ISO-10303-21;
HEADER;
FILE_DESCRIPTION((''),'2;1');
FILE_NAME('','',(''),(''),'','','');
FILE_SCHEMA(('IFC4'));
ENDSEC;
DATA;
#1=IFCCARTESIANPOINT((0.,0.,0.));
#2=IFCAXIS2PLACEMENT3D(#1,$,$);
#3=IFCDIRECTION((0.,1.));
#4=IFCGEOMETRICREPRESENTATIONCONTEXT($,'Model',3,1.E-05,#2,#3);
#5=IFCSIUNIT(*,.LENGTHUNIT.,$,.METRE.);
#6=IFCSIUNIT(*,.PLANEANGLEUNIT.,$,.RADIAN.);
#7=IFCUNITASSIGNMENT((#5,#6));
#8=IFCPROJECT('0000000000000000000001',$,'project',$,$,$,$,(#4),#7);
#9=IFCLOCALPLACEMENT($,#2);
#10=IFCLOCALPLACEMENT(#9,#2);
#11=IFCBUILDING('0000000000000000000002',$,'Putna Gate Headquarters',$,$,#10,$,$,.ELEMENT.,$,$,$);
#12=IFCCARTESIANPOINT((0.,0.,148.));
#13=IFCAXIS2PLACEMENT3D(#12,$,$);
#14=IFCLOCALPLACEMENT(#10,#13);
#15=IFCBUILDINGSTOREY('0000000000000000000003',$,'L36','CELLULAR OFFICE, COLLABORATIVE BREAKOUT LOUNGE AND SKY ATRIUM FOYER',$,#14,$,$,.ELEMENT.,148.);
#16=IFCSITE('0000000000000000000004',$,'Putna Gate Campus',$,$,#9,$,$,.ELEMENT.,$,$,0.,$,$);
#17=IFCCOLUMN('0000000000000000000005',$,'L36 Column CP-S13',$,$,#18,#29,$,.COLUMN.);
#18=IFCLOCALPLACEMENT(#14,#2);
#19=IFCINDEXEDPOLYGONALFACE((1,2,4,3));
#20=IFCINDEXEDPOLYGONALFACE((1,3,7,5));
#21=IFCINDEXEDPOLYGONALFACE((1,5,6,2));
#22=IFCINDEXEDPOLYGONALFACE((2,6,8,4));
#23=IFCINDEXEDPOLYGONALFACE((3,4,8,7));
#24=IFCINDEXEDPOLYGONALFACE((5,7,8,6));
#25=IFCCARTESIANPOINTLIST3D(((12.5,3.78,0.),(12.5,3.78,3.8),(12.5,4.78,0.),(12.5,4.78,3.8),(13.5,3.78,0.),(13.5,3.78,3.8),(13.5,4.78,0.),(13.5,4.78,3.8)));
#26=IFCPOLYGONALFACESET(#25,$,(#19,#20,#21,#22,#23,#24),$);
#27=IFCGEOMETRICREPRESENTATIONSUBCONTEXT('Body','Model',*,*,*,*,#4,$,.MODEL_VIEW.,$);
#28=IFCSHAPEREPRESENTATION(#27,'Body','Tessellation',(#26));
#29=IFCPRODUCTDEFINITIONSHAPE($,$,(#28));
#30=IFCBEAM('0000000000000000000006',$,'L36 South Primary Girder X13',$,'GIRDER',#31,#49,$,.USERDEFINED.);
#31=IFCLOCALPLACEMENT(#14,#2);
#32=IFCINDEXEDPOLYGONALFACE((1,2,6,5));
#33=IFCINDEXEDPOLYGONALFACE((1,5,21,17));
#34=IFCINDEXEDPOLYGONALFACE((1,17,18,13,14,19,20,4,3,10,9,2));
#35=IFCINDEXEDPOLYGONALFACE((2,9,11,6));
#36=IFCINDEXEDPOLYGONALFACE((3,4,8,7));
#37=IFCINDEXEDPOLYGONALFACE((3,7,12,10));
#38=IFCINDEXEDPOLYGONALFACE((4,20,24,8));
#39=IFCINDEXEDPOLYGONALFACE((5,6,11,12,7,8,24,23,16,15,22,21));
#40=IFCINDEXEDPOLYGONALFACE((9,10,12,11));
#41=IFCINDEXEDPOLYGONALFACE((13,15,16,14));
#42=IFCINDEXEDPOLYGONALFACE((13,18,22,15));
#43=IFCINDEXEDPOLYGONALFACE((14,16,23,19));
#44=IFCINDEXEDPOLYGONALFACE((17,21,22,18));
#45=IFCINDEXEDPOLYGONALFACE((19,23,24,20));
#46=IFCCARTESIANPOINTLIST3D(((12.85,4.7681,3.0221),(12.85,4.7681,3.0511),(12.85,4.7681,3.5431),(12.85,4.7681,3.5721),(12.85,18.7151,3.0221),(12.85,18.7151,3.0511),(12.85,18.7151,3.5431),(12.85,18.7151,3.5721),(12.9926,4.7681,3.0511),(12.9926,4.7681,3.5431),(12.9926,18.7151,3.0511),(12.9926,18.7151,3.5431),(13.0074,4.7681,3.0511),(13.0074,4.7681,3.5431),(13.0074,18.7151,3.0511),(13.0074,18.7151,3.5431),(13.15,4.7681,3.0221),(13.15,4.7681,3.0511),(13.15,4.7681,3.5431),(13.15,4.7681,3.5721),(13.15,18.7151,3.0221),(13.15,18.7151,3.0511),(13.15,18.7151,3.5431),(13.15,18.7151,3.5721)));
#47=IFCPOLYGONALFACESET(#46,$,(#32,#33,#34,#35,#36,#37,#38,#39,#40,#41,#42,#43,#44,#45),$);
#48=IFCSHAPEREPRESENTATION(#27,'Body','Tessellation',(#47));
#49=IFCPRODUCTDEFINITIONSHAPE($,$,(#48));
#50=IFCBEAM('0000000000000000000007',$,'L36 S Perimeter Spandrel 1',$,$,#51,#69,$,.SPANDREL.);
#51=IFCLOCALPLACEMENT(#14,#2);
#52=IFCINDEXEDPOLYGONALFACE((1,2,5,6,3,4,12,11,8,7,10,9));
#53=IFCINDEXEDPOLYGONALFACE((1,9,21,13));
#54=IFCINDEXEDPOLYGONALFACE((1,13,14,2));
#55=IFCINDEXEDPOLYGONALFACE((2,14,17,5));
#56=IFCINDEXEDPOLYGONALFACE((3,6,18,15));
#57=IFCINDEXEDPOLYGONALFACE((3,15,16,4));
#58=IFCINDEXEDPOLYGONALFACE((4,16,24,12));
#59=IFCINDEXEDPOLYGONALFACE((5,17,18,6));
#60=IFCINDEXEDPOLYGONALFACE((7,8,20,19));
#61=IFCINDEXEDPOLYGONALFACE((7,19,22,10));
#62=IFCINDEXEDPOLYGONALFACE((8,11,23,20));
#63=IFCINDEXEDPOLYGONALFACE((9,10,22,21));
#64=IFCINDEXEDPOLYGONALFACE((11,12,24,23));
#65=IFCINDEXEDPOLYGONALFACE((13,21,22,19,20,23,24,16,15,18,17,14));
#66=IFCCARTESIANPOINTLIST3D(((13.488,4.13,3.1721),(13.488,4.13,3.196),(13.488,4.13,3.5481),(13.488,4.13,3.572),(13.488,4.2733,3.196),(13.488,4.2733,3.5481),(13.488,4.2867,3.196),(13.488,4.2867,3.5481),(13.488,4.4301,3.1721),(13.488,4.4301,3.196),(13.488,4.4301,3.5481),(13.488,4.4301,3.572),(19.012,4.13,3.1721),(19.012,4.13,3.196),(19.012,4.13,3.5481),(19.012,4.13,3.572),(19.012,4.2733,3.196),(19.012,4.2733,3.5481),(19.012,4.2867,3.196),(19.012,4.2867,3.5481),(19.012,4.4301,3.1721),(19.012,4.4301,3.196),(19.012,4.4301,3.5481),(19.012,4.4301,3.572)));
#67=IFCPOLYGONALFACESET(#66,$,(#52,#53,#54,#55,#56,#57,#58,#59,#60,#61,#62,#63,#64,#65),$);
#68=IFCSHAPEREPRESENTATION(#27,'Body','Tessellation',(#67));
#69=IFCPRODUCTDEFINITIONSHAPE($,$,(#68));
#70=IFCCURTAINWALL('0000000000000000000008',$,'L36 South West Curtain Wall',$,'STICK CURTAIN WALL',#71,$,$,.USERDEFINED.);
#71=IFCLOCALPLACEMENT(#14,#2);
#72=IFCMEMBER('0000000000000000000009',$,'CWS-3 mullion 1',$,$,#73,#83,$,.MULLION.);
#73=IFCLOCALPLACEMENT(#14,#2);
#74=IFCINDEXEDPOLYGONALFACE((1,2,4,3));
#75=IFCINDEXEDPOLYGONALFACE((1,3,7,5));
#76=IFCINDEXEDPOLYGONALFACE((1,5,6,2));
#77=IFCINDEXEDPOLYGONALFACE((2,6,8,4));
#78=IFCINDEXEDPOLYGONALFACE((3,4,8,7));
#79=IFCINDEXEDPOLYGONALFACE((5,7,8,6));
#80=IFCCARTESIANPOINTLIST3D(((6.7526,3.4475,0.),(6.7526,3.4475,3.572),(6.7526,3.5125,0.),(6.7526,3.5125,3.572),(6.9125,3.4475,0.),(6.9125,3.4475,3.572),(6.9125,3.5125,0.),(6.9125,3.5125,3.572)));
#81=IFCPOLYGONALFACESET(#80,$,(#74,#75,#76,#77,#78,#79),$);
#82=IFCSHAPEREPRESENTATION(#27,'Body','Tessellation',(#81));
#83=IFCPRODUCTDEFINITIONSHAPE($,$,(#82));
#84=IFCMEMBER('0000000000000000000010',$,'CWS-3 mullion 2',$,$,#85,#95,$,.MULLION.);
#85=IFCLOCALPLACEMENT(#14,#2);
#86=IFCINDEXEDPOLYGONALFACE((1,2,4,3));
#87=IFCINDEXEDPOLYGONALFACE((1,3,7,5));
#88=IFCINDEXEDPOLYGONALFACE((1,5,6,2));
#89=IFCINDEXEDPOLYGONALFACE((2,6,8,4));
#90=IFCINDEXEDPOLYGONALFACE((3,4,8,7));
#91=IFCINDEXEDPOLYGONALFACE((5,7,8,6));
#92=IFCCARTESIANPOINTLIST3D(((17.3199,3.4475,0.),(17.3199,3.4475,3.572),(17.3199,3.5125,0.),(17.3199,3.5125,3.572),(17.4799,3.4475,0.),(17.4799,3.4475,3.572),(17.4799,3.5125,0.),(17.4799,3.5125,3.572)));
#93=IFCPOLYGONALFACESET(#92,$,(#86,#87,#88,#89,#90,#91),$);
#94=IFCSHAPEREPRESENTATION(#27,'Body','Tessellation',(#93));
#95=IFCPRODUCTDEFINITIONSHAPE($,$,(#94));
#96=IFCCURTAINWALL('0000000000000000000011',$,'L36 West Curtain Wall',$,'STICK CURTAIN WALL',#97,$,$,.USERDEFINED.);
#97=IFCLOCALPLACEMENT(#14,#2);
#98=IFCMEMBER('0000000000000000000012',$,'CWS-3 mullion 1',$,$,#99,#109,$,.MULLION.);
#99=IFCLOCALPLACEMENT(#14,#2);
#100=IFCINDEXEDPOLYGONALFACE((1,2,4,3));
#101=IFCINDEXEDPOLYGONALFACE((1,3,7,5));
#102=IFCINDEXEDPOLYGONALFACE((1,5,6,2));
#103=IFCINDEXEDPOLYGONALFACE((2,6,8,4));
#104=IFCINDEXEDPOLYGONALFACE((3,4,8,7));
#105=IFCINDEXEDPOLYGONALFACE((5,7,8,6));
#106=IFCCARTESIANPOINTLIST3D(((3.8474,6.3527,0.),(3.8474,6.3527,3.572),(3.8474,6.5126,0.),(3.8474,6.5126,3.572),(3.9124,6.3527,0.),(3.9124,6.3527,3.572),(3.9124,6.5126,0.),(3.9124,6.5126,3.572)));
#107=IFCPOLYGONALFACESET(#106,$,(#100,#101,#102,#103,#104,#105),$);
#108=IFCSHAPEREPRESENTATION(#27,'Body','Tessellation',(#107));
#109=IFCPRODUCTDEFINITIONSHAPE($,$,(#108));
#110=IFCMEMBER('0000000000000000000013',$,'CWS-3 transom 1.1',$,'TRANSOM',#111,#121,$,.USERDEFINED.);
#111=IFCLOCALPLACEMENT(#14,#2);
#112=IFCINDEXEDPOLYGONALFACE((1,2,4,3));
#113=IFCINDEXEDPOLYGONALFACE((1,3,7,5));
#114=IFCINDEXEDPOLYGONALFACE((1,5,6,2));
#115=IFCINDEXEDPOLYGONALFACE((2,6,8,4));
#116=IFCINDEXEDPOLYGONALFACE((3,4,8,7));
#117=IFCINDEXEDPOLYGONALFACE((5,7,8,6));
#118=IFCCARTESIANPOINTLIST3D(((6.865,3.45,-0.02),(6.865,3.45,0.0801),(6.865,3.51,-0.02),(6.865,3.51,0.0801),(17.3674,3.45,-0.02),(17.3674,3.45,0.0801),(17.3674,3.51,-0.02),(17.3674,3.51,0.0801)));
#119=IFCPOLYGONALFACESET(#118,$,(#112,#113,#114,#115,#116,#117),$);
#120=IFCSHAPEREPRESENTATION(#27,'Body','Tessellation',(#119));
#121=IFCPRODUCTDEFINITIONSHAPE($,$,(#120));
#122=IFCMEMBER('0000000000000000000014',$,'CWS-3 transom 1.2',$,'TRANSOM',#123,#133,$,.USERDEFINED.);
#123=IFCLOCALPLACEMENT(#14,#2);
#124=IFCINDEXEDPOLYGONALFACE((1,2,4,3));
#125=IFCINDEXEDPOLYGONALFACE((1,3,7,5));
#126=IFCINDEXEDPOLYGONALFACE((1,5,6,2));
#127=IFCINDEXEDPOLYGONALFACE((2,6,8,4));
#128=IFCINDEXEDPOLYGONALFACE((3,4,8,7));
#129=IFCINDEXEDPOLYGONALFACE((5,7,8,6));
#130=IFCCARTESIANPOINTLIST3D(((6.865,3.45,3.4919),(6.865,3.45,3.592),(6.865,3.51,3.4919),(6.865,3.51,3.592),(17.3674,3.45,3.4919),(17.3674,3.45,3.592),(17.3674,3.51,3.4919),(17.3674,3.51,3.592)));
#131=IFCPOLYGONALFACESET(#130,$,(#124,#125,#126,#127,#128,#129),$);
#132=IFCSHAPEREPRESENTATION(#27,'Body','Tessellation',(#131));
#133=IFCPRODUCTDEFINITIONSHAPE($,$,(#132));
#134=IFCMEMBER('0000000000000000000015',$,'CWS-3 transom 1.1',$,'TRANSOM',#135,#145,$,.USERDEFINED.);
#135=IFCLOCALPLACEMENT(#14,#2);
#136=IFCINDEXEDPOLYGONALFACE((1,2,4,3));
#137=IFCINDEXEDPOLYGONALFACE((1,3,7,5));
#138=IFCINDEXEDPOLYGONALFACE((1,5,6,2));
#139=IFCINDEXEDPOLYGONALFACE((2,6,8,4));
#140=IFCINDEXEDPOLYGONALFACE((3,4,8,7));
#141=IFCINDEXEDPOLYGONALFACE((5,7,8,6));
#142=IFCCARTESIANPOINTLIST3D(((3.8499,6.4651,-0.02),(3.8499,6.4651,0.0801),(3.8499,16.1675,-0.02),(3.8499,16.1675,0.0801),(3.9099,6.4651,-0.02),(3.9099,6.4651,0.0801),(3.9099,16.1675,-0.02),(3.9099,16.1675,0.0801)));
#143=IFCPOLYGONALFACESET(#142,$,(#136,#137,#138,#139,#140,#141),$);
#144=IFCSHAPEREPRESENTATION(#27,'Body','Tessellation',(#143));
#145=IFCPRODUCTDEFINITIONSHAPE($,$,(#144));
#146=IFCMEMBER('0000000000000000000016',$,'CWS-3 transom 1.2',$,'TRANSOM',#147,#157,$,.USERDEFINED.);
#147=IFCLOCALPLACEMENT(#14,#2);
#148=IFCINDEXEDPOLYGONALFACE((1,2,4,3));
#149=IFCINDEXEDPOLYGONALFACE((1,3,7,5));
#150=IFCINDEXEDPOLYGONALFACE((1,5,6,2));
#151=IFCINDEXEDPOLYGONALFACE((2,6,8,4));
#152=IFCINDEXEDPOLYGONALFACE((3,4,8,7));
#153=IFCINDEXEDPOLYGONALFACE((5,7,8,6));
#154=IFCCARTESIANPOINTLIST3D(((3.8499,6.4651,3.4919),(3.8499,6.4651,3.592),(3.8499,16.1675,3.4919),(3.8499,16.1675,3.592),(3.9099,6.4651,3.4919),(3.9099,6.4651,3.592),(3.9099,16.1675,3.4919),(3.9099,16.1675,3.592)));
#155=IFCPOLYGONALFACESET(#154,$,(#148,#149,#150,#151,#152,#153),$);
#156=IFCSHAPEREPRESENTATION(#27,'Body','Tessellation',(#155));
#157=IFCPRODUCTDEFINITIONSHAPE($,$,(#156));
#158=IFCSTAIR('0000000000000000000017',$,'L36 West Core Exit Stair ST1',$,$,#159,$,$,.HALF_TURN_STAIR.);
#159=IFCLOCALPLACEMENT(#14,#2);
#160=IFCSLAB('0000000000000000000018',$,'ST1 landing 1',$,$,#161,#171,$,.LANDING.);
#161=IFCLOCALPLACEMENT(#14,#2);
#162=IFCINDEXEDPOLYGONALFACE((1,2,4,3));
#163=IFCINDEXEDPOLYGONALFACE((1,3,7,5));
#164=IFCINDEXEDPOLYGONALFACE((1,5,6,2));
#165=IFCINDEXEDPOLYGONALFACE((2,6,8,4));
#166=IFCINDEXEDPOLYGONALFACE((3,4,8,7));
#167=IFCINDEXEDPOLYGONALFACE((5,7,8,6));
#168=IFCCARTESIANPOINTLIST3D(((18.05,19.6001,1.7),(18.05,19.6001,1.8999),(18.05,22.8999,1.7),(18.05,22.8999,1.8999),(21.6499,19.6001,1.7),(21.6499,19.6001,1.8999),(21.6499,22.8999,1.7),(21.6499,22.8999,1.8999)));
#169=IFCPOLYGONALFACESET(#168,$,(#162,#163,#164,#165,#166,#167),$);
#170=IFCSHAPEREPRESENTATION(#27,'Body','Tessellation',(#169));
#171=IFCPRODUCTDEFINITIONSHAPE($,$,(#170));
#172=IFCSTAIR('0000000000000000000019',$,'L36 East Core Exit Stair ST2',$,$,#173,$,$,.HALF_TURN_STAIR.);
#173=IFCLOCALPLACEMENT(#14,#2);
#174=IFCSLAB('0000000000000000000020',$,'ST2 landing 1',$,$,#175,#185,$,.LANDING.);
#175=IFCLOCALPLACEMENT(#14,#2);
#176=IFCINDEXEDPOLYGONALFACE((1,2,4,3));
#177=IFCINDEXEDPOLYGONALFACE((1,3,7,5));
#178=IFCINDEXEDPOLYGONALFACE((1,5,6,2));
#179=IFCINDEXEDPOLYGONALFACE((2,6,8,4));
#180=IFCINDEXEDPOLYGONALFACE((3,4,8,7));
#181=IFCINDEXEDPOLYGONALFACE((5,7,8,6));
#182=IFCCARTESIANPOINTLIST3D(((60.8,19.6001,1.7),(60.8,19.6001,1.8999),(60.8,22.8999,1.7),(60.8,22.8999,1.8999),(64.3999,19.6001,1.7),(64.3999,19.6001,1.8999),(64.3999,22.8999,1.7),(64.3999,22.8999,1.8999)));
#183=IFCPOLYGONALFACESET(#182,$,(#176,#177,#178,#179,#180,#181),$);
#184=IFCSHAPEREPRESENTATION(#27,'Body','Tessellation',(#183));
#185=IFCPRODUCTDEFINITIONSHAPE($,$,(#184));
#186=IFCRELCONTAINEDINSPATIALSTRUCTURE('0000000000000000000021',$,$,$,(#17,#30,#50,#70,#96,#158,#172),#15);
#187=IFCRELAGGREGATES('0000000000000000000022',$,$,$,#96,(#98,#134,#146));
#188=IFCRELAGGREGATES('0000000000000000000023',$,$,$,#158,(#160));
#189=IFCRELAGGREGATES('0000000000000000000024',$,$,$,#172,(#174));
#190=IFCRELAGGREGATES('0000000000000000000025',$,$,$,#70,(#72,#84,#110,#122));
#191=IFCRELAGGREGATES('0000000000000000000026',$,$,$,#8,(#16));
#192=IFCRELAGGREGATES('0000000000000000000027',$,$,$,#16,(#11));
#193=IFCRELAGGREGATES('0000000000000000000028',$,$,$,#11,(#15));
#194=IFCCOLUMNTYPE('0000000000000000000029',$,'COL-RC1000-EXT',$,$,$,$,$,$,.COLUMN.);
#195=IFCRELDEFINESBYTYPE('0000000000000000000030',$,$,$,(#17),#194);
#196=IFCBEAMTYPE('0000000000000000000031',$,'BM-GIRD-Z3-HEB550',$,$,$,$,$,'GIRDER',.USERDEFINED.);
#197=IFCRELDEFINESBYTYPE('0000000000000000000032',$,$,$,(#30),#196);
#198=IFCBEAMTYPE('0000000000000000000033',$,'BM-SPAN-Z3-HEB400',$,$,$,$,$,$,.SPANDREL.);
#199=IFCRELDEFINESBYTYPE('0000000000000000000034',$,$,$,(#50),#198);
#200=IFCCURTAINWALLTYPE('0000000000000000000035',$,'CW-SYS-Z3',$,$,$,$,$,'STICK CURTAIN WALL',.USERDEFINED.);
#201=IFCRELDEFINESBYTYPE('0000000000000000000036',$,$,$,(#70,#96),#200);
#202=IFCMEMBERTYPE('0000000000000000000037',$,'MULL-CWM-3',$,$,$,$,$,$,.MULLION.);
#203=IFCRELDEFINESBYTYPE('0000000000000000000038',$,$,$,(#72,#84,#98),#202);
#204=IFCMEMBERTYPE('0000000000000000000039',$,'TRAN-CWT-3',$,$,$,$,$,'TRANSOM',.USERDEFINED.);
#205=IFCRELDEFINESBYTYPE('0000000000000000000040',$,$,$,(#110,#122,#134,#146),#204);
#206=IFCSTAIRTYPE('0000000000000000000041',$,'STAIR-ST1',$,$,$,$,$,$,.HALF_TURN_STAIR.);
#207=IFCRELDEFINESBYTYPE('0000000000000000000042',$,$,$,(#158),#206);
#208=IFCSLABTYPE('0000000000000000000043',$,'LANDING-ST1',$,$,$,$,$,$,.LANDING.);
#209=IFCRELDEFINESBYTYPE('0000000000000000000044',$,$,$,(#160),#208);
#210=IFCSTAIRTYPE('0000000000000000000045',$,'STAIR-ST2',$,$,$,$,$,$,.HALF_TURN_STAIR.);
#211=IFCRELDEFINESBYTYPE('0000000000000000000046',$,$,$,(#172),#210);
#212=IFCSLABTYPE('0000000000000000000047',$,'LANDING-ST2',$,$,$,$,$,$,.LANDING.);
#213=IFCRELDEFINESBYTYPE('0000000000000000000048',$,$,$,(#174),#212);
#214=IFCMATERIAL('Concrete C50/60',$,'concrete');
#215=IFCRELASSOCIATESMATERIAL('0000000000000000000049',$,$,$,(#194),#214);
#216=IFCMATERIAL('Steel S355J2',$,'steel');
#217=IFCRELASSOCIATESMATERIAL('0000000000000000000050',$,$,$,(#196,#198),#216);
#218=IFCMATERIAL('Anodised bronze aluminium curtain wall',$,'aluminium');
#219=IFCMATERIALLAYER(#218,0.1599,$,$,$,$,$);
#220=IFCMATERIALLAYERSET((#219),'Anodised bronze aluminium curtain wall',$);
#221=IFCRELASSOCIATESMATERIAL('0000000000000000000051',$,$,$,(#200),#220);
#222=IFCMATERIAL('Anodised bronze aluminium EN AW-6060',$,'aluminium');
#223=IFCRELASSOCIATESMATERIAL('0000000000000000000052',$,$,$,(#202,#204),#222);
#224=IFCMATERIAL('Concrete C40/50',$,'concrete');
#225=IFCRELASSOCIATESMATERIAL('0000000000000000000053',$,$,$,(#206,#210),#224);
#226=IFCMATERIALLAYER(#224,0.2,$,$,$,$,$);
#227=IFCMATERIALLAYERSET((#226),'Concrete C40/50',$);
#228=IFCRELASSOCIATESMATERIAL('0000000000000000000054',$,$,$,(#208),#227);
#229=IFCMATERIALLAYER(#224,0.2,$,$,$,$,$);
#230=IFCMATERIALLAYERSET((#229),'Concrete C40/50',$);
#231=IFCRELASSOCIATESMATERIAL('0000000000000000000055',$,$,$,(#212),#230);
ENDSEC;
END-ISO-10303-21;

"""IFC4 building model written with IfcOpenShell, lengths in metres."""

from ifc_helpers import new_model, si_unit, direction, frame, origin, origin_2d, place, context, subcontext, project, spatial, polyline, rectangle, i_section, outline, extrude, material, layer, layer_set, material_profile, profile_set, type_object, element, aggregate, save


model = new_model("IFC4")

# Units and contexts
model_context = context("Model", 3, precision=1e-05, world=origin(), true_north=direction((0.0, 1.0)))
body_context = subcontext(model_context, "Body", "Model", "MODEL_VIEW")
ifc_project = project(units=[si_unit("LENGTHUNIT", "METRE"), si_unit("PLANEANGLEUNIT", "RADIAN")], contexts=[model_context])

# Site, building, storey
site_placement = place(None, origin())
site = spatial("IfcSite", under=ifc_project, at=site_placement, Name="Putna Gate Campus", CompositionType="ELEMENT", RefElevation=0.0)
building_placement = place(site_placement, origin())
building = spatial("IfcBuilding", under=site, at=building_placement, Name="Putna Gate Headquarters", CompositionType="ELEMENT")
storey_placement = place(building_placement, frame((0.0, 0.0, 148.0)))
storey = spatial("IfcBuildingStorey", under=building, at=storey_placement, Name="L36", Description="CELLULAR OFFICE, COLLABORATIVE BREAKOUT LOUNGE AND SKY ATRIUM FOYER", CompositionType="ELEMENT", Elevation=148.0)

# Column
ifc_material_1 = material(Name="Concrete C50/60", Category="concrete")
ifc_material_profile_1 = material_profile(ifc_material_1, rectangle(XDim=1.0, YDim=1.0, at=origin_2d()), Name="Concrete C50/60")
ifc_profile_set_1 = profile_set([ifc_material_profile_1], Name="Concrete C50/60")
column_type = type_object("IfcColumnType", Name="COL-RC1000-EXT", PredefinedType="COLUMN", material=ifc_profile_set_1)
column_placement = place(storey_placement, frame((13.0, 4.28, 0.0), z_axis=(0.0, 0.0, 1.0), x_axis=(1.0, 0.0, 0.0)))
element("IfcColumn", 1, at=column_placement, inside=storey, type_object=column_type, Name="L36 Column CP-S13", PredefinedType="COLUMN", context=body_context, shape_type="SweptSolid", body=[
    extrude(rectangle(XDim=1.0, YDim=1.0, at=origin_2d()), origin(), (0.0, 0.0, 1.0), 3.8),
])

# Beams
ifc_material_2 = material(Name="Steel S355J2", Category="steel")
ifc_material_profile_2 = material_profile(ifc_material_2, i_section(OverallWidth=0.3, OverallDepth=0.55, WebThickness=0.0149, FlangeThickness=0.0291, at=origin_2d()), Name="Steel S355J2")
ifc_profile_set_2 = profile_set([ifc_material_profile_2], Name="Steel S355J2")
beam_type_1 = type_object("IfcBeamType", Name="BM-GIRD-Z3-HEB550", ElementType="GIRDER", PredefinedType="USERDEFINED", material=ifc_profile_set_2)
beam_1_placement = place(storey_placement, frame((13.0, 4.7681, 3.2971), z_axis=(0.0, 1.0, 0.0), x_axis=(-1.0, 0.0, 0.0)))
element("IfcBeam", 2, at=beam_1_placement, inside=storey, type_object=beam_type_1, Name="L36 South Primary Girder X13", ObjectType="GIRDER", PredefinedType="USERDEFINED", context=body_context, shape_type="SweptSolid", body=[
    extrude(i_section(OverallWidth=0.3, OverallDepth=0.55, WebThickness=0.0149, FlangeThickness=0.0291, at=origin_2d()), origin(), (0.0, 0.0, 1.0), 13.947),
])
ifc_material_profile_3 = material_profile(ifc_material_2, i_section(OverallWidth=0.3, OverallDepth=0.3999, WebThickness=0.0134, FlangeThickness=0.0239, at=origin_2d()), Name="Steel S355J2")
ifc_profile_set_3 = profile_set([ifc_material_profile_3], Name="Steel S355J2")
beam_type_2 = type_object("IfcBeamType", Name="BM-SPAN-Z3-HEB400", PredefinedType="SPANDREL", material=ifc_profile_set_3)
beam_2_placement = place(storey_placement, frame((13.488, 4.28, 3.3721), z_axis=(1.0, 0.0, 0.0), x_axis=(0.0, 1.0, 0.0)))
element("IfcBeam", 3, at=beam_2_placement, inside=storey, type_object=beam_type_2, Name="L36 S Perimeter Spandrel 1", PredefinedType="SPANDREL", context=body_context, shape_type="SweptSolid", body=[
    extrude(i_section(OverallWidth=0.3, OverallDepth=0.3999, WebThickness=0.0134, FlangeThickness=0.0239, at=origin_2d()), origin(), (0.0, 0.0, 1.0), 5.5239),
])

# Curtain wall, members
ifc_material_3 = material(Name="Anodised bronze aluminium curtain wall", Category="aluminium")
ifc_layer_1 = layer(ifc_material_3, 0.1599)
ifc_layer_set_1 = layer_set([ifc_layer_1], Name="Anodised bronze aluminium curtain wall")
curtain_wall_type = type_object("IfcCurtainWallType", Name="CW-SYS-Z3", ElementType="STICK CURTAIN WALL", PredefinedType="USERDEFINED", material=ifc_layer_set_1)
curtain_wall_1_placement = place(storey_placement, origin())
curtain_wall_1 = element("IfcCurtainWall", 4, at=curtain_wall_1_placement, inside=storey, type_object=curtain_wall_type, Name="L36 South West Curtain Wall", ObjectType="STICK CURTAIN WALL", PredefinedType="USERDEFINED")
ifc_material_4 = material(Name="Anodised bronze aluminium EN AW-6060", Category="aluminium")
ifc_material_profile_4 = material_profile(ifc_material_4, rectangle(XDim=0.0649, YDim=0.1599, at=origin_2d()), Name="Anodised bronze aluminium EN AW-6060")
ifc_profile_set_4 = profile_set([ifc_material_profile_4], Name="Anodised bronze aluminium EN AW-6060")
member_type_1 = type_object("IfcMemberType", Name="MULL-CWM-3", PredefinedType="MULLION", material=ifc_profile_set_4)
member_1_placement = place(storey_placement, frame((6.8325, 3.48, 0.0), z_axis=(0.0, 0.0, 1.0), x_axis=(0.0, 1.0, 0.0)))
member_1 = element("IfcMember", 5, at=member_1_placement, type_object=member_type_1, Name="CWS-3 mullion 1", PredefinedType="MULLION", context=body_context, shape_type="SweptSolid", body=[
    extrude(rectangle(XDim=0.0649, YDim=0.1599, at=origin_2d()), origin(), (0.0, 0.0, 1.0), 3.572),
])
member_2_placement = place(storey_placement, frame((17.3999, 3.48, 0.0), z_axis=(0.0, 0.0, 1.0), x_axis=(0.0, 1.0, 0.0)))
member_2 = element("IfcMember", 6, at=member_2_placement, type_object=member_type_1, Name="CWS-3 mullion 2", PredefinedType="MULLION", context=body_context, shape_type="SweptSolid", body=[
    extrude(rectangle(XDim=0.0649, YDim=0.1599, at=origin_2d()), origin(), (0.0, 0.0, 1.0), 3.572),
])

# Curtain wall, member
curtain_wall_2_placement = place(storey_placement, origin())
curtain_wall_2 = element("IfcCurtainWall", 7, at=curtain_wall_2_placement, inside=storey, type_object=curtain_wall_type, Name="L36 West Curtain Wall", ObjectType="STICK CURTAIN WALL", PredefinedType="USERDEFINED")
member_3_placement = place(storey_placement, frame((3.8799, 6.4326, 0.0), z_axis=(0.0, 0.0, 1.0), x_axis=(-1.0, 0.0, 0.0)))
member_3 = element("IfcMember", 8, at=member_3_placement, type_object=member_type_1, Name="CWS-3 mullion 1", PredefinedType="MULLION", context=body_context, shape_type="SweptSolid", body=[
    extrude(rectangle(XDim=0.0649, YDim=0.1599, at=origin_2d()), origin(), (0.0, 0.0, 1.0), 3.572),
])

# Members
ifc_material_profile_5 = material_profile(ifc_material_4, rectangle(XDim=0.0601, YDim=0.1001, at=origin_2d()), Name="Anodised bronze aluminium EN AW-6060")
ifc_profile_set_5 = profile_set([ifc_material_profile_5], Name="Anodised bronze aluminium EN AW-6060")
member_type_2 = type_object("IfcMemberType", Name="TRAN-CWT-3", ElementType="TRANSOM", PredefinedType="USERDEFINED", material=ifc_profile_set_5)
member_4_placement = place(storey_placement, frame((6.865, 3.48, 0.03), z_axis=(1.0, 0.0, 0.0), x_axis=(0.0, 1.0, 0.0)))
member_4 = element("IfcMember", 9, at=member_4_placement, type_object=member_type_2, Name="CWS-3 transom 1.1", ObjectType="TRANSOM", PredefinedType="USERDEFINED", context=body_context, shape_type="SweptSolid", body=[
    extrude(rectangle(XDim=0.0601, YDim=0.1001, at=origin_2d()), origin(), (0.0, 0.0, 1.0), 10.5024),
])
member_5_placement = place(storey_placement, frame((6.865, 3.48, 3.542), z_axis=(1.0, 0.0, 0.0), x_axis=(0.0, 1.0, 0.0)))
member_5 = element("IfcMember", 10, at=member_5_placement, type_object=member_type_2, Name="CWS-3 transom 1.2", ObjectType="TRANSOM", PredefinedType="USERDEFINED", context=body_context, shape_type="SweptSolid", body=[
    extrude(rectangle(XDim=0.0601, YDim=0.1001, at=origin_2d()), origin(), (0.0, 0.0, 1.0), 10.5024),
])
member_6_placement = place(storey_placement, frame((3.8799, 6.4651, 0.03), z_axis=(0.0, 1.0, 0.0), x_axis=(-1.0, 0.0, 0.0)))
member_6 = element("IfcMember", 11, at=member_6_placement, type_object=member_type_2, Name="CWS-3 transom 1.1", ObjectType="TRANSOM", PredefinedType="USERDEFINED", context=body_context, shape_type="SweptSolid", body=[
    extrude(rectangle(XDim=0.0601, YDim=0.1001, at=origin_2d()), origin(), (0.0, 0.0, 1.0), 9.7024),
])
member_7_placement = place(storey_placement, frame((3.8799, 6.4651, 3.542), z_axis=(0.0, 1.0, 0.0), x_axis=(-1.0, 0.0, 0.0)))
member_7 = element("IfcMember", 12, at=member_7_placement, type_object=member_type_2, Name="CWS-3 transom 1.2", ObjectType="TRANSOM", PredefinedType="USERDEFINED", context=body_context, shape_type="SweptSolid", body=[
    extrude(rectangle(XDim=0.0601, YDim=0.1001, at=origin_2d()), origin(), (0.0, 0.0, 1.0), 9.7024),
])
aggregate(curtain_wall_2, [member_3, member_6, member_7])

# Stairs, slabs
ifc_material_5 = material(Name="Concrete C40/50", Category="concrete")
stair_type_1 = type_object("IfcStairType", Name="STAIR-ST1", PredefinedType="HALF_TURN_STAIR", material=ifc_material_5)
stair_1_placement = place(storey_placement, origin())
stair_1 = element("IfcStair", 13, at=stair_1_placement, inside=storey, type_object=stair_type_1, Name="L36 West Core Exit Stair ST1", PredefinedType="HALF_TURN_STAIR")
ifc_layer_2 = layer(ifc_material_5, 0.2)
ifc_layer_set_2 = layer_set([ifc_layer_2], Name="Concrete C40/50")
slab_type_1 = type_object("IfcSlabType", Name="LANDING-ST1", PredefinedType="LANDING", material=ifc_layer_set_2)
slab_1_placement = place(storey_placement, frame((0.0, 0.0, 1.7)))
slab_1 = element("IfcSlab", 14, at=slab_1_placement, type_object=slab_type_1, Name="ST1 landing 1", PredefinedType="LANDING", context=body_context, shape_type="SweptSolid", body=[
    extrude(outline(polyline([(18.05, 19.6001), (21.6499, 19.6001), (21.6499, 22.8999), (18.05, 22.8999), (18.05, 19.6001)])), origin(), (0.0, 0.0, 1.0), 0.2),
])
aggregate(stair_1, [slab_1])
stair_type_2 = type_object("IfcStairType", Name="STAIR-ST2", PredefinedType="HALF_TURN_STAIR", material=ifc_material_5)
stair_2_placement = place(storey_placement, origin())
stair_2 = element("IfcStair", 15, at=stair_2_placement, inside=storey, type_object=stair_type_2, Name="L36 East Core Exit Stair ST2", PredefinedType="HALF_TURN_STAIR")
ifc_layer_3 = layer(ifc_material_5, 0.2)
ifc_layer_set_3 = layer_set([ifc_layer_3], Name="Concrete C40/50")
slab_type_2 = type_object("IfcSlabType", Name="LANDING-ST2", PredefinedType="LANDING", material=ifc_layer_set_3)
slab_2_placement = place(storey_placement, frame((0.0, 0.0, 1.7)))
slab_2 = element("IfcSlab", 16, at=slab_2_placement, type_object=slab_type_2, Name="ST2 landing 1", PredefinedType="LANDING", context=body_context, shape_type="SweptSolid", body=[
    extrude(outline(polyline([(60.8, 19.6001), (64.3999, 19.6001), (64.3999, 22.8999), (60.8, 22.8999), (60.8, 19.6001)])), origin(), (0.0, 0.0, 1.0), 0.2),
])
aggregate(stair_2, [slab_2])

aggregate(curtain_wall_1, [member_1, member_2, member_4, member_5])

save(model, "model.ifc")
